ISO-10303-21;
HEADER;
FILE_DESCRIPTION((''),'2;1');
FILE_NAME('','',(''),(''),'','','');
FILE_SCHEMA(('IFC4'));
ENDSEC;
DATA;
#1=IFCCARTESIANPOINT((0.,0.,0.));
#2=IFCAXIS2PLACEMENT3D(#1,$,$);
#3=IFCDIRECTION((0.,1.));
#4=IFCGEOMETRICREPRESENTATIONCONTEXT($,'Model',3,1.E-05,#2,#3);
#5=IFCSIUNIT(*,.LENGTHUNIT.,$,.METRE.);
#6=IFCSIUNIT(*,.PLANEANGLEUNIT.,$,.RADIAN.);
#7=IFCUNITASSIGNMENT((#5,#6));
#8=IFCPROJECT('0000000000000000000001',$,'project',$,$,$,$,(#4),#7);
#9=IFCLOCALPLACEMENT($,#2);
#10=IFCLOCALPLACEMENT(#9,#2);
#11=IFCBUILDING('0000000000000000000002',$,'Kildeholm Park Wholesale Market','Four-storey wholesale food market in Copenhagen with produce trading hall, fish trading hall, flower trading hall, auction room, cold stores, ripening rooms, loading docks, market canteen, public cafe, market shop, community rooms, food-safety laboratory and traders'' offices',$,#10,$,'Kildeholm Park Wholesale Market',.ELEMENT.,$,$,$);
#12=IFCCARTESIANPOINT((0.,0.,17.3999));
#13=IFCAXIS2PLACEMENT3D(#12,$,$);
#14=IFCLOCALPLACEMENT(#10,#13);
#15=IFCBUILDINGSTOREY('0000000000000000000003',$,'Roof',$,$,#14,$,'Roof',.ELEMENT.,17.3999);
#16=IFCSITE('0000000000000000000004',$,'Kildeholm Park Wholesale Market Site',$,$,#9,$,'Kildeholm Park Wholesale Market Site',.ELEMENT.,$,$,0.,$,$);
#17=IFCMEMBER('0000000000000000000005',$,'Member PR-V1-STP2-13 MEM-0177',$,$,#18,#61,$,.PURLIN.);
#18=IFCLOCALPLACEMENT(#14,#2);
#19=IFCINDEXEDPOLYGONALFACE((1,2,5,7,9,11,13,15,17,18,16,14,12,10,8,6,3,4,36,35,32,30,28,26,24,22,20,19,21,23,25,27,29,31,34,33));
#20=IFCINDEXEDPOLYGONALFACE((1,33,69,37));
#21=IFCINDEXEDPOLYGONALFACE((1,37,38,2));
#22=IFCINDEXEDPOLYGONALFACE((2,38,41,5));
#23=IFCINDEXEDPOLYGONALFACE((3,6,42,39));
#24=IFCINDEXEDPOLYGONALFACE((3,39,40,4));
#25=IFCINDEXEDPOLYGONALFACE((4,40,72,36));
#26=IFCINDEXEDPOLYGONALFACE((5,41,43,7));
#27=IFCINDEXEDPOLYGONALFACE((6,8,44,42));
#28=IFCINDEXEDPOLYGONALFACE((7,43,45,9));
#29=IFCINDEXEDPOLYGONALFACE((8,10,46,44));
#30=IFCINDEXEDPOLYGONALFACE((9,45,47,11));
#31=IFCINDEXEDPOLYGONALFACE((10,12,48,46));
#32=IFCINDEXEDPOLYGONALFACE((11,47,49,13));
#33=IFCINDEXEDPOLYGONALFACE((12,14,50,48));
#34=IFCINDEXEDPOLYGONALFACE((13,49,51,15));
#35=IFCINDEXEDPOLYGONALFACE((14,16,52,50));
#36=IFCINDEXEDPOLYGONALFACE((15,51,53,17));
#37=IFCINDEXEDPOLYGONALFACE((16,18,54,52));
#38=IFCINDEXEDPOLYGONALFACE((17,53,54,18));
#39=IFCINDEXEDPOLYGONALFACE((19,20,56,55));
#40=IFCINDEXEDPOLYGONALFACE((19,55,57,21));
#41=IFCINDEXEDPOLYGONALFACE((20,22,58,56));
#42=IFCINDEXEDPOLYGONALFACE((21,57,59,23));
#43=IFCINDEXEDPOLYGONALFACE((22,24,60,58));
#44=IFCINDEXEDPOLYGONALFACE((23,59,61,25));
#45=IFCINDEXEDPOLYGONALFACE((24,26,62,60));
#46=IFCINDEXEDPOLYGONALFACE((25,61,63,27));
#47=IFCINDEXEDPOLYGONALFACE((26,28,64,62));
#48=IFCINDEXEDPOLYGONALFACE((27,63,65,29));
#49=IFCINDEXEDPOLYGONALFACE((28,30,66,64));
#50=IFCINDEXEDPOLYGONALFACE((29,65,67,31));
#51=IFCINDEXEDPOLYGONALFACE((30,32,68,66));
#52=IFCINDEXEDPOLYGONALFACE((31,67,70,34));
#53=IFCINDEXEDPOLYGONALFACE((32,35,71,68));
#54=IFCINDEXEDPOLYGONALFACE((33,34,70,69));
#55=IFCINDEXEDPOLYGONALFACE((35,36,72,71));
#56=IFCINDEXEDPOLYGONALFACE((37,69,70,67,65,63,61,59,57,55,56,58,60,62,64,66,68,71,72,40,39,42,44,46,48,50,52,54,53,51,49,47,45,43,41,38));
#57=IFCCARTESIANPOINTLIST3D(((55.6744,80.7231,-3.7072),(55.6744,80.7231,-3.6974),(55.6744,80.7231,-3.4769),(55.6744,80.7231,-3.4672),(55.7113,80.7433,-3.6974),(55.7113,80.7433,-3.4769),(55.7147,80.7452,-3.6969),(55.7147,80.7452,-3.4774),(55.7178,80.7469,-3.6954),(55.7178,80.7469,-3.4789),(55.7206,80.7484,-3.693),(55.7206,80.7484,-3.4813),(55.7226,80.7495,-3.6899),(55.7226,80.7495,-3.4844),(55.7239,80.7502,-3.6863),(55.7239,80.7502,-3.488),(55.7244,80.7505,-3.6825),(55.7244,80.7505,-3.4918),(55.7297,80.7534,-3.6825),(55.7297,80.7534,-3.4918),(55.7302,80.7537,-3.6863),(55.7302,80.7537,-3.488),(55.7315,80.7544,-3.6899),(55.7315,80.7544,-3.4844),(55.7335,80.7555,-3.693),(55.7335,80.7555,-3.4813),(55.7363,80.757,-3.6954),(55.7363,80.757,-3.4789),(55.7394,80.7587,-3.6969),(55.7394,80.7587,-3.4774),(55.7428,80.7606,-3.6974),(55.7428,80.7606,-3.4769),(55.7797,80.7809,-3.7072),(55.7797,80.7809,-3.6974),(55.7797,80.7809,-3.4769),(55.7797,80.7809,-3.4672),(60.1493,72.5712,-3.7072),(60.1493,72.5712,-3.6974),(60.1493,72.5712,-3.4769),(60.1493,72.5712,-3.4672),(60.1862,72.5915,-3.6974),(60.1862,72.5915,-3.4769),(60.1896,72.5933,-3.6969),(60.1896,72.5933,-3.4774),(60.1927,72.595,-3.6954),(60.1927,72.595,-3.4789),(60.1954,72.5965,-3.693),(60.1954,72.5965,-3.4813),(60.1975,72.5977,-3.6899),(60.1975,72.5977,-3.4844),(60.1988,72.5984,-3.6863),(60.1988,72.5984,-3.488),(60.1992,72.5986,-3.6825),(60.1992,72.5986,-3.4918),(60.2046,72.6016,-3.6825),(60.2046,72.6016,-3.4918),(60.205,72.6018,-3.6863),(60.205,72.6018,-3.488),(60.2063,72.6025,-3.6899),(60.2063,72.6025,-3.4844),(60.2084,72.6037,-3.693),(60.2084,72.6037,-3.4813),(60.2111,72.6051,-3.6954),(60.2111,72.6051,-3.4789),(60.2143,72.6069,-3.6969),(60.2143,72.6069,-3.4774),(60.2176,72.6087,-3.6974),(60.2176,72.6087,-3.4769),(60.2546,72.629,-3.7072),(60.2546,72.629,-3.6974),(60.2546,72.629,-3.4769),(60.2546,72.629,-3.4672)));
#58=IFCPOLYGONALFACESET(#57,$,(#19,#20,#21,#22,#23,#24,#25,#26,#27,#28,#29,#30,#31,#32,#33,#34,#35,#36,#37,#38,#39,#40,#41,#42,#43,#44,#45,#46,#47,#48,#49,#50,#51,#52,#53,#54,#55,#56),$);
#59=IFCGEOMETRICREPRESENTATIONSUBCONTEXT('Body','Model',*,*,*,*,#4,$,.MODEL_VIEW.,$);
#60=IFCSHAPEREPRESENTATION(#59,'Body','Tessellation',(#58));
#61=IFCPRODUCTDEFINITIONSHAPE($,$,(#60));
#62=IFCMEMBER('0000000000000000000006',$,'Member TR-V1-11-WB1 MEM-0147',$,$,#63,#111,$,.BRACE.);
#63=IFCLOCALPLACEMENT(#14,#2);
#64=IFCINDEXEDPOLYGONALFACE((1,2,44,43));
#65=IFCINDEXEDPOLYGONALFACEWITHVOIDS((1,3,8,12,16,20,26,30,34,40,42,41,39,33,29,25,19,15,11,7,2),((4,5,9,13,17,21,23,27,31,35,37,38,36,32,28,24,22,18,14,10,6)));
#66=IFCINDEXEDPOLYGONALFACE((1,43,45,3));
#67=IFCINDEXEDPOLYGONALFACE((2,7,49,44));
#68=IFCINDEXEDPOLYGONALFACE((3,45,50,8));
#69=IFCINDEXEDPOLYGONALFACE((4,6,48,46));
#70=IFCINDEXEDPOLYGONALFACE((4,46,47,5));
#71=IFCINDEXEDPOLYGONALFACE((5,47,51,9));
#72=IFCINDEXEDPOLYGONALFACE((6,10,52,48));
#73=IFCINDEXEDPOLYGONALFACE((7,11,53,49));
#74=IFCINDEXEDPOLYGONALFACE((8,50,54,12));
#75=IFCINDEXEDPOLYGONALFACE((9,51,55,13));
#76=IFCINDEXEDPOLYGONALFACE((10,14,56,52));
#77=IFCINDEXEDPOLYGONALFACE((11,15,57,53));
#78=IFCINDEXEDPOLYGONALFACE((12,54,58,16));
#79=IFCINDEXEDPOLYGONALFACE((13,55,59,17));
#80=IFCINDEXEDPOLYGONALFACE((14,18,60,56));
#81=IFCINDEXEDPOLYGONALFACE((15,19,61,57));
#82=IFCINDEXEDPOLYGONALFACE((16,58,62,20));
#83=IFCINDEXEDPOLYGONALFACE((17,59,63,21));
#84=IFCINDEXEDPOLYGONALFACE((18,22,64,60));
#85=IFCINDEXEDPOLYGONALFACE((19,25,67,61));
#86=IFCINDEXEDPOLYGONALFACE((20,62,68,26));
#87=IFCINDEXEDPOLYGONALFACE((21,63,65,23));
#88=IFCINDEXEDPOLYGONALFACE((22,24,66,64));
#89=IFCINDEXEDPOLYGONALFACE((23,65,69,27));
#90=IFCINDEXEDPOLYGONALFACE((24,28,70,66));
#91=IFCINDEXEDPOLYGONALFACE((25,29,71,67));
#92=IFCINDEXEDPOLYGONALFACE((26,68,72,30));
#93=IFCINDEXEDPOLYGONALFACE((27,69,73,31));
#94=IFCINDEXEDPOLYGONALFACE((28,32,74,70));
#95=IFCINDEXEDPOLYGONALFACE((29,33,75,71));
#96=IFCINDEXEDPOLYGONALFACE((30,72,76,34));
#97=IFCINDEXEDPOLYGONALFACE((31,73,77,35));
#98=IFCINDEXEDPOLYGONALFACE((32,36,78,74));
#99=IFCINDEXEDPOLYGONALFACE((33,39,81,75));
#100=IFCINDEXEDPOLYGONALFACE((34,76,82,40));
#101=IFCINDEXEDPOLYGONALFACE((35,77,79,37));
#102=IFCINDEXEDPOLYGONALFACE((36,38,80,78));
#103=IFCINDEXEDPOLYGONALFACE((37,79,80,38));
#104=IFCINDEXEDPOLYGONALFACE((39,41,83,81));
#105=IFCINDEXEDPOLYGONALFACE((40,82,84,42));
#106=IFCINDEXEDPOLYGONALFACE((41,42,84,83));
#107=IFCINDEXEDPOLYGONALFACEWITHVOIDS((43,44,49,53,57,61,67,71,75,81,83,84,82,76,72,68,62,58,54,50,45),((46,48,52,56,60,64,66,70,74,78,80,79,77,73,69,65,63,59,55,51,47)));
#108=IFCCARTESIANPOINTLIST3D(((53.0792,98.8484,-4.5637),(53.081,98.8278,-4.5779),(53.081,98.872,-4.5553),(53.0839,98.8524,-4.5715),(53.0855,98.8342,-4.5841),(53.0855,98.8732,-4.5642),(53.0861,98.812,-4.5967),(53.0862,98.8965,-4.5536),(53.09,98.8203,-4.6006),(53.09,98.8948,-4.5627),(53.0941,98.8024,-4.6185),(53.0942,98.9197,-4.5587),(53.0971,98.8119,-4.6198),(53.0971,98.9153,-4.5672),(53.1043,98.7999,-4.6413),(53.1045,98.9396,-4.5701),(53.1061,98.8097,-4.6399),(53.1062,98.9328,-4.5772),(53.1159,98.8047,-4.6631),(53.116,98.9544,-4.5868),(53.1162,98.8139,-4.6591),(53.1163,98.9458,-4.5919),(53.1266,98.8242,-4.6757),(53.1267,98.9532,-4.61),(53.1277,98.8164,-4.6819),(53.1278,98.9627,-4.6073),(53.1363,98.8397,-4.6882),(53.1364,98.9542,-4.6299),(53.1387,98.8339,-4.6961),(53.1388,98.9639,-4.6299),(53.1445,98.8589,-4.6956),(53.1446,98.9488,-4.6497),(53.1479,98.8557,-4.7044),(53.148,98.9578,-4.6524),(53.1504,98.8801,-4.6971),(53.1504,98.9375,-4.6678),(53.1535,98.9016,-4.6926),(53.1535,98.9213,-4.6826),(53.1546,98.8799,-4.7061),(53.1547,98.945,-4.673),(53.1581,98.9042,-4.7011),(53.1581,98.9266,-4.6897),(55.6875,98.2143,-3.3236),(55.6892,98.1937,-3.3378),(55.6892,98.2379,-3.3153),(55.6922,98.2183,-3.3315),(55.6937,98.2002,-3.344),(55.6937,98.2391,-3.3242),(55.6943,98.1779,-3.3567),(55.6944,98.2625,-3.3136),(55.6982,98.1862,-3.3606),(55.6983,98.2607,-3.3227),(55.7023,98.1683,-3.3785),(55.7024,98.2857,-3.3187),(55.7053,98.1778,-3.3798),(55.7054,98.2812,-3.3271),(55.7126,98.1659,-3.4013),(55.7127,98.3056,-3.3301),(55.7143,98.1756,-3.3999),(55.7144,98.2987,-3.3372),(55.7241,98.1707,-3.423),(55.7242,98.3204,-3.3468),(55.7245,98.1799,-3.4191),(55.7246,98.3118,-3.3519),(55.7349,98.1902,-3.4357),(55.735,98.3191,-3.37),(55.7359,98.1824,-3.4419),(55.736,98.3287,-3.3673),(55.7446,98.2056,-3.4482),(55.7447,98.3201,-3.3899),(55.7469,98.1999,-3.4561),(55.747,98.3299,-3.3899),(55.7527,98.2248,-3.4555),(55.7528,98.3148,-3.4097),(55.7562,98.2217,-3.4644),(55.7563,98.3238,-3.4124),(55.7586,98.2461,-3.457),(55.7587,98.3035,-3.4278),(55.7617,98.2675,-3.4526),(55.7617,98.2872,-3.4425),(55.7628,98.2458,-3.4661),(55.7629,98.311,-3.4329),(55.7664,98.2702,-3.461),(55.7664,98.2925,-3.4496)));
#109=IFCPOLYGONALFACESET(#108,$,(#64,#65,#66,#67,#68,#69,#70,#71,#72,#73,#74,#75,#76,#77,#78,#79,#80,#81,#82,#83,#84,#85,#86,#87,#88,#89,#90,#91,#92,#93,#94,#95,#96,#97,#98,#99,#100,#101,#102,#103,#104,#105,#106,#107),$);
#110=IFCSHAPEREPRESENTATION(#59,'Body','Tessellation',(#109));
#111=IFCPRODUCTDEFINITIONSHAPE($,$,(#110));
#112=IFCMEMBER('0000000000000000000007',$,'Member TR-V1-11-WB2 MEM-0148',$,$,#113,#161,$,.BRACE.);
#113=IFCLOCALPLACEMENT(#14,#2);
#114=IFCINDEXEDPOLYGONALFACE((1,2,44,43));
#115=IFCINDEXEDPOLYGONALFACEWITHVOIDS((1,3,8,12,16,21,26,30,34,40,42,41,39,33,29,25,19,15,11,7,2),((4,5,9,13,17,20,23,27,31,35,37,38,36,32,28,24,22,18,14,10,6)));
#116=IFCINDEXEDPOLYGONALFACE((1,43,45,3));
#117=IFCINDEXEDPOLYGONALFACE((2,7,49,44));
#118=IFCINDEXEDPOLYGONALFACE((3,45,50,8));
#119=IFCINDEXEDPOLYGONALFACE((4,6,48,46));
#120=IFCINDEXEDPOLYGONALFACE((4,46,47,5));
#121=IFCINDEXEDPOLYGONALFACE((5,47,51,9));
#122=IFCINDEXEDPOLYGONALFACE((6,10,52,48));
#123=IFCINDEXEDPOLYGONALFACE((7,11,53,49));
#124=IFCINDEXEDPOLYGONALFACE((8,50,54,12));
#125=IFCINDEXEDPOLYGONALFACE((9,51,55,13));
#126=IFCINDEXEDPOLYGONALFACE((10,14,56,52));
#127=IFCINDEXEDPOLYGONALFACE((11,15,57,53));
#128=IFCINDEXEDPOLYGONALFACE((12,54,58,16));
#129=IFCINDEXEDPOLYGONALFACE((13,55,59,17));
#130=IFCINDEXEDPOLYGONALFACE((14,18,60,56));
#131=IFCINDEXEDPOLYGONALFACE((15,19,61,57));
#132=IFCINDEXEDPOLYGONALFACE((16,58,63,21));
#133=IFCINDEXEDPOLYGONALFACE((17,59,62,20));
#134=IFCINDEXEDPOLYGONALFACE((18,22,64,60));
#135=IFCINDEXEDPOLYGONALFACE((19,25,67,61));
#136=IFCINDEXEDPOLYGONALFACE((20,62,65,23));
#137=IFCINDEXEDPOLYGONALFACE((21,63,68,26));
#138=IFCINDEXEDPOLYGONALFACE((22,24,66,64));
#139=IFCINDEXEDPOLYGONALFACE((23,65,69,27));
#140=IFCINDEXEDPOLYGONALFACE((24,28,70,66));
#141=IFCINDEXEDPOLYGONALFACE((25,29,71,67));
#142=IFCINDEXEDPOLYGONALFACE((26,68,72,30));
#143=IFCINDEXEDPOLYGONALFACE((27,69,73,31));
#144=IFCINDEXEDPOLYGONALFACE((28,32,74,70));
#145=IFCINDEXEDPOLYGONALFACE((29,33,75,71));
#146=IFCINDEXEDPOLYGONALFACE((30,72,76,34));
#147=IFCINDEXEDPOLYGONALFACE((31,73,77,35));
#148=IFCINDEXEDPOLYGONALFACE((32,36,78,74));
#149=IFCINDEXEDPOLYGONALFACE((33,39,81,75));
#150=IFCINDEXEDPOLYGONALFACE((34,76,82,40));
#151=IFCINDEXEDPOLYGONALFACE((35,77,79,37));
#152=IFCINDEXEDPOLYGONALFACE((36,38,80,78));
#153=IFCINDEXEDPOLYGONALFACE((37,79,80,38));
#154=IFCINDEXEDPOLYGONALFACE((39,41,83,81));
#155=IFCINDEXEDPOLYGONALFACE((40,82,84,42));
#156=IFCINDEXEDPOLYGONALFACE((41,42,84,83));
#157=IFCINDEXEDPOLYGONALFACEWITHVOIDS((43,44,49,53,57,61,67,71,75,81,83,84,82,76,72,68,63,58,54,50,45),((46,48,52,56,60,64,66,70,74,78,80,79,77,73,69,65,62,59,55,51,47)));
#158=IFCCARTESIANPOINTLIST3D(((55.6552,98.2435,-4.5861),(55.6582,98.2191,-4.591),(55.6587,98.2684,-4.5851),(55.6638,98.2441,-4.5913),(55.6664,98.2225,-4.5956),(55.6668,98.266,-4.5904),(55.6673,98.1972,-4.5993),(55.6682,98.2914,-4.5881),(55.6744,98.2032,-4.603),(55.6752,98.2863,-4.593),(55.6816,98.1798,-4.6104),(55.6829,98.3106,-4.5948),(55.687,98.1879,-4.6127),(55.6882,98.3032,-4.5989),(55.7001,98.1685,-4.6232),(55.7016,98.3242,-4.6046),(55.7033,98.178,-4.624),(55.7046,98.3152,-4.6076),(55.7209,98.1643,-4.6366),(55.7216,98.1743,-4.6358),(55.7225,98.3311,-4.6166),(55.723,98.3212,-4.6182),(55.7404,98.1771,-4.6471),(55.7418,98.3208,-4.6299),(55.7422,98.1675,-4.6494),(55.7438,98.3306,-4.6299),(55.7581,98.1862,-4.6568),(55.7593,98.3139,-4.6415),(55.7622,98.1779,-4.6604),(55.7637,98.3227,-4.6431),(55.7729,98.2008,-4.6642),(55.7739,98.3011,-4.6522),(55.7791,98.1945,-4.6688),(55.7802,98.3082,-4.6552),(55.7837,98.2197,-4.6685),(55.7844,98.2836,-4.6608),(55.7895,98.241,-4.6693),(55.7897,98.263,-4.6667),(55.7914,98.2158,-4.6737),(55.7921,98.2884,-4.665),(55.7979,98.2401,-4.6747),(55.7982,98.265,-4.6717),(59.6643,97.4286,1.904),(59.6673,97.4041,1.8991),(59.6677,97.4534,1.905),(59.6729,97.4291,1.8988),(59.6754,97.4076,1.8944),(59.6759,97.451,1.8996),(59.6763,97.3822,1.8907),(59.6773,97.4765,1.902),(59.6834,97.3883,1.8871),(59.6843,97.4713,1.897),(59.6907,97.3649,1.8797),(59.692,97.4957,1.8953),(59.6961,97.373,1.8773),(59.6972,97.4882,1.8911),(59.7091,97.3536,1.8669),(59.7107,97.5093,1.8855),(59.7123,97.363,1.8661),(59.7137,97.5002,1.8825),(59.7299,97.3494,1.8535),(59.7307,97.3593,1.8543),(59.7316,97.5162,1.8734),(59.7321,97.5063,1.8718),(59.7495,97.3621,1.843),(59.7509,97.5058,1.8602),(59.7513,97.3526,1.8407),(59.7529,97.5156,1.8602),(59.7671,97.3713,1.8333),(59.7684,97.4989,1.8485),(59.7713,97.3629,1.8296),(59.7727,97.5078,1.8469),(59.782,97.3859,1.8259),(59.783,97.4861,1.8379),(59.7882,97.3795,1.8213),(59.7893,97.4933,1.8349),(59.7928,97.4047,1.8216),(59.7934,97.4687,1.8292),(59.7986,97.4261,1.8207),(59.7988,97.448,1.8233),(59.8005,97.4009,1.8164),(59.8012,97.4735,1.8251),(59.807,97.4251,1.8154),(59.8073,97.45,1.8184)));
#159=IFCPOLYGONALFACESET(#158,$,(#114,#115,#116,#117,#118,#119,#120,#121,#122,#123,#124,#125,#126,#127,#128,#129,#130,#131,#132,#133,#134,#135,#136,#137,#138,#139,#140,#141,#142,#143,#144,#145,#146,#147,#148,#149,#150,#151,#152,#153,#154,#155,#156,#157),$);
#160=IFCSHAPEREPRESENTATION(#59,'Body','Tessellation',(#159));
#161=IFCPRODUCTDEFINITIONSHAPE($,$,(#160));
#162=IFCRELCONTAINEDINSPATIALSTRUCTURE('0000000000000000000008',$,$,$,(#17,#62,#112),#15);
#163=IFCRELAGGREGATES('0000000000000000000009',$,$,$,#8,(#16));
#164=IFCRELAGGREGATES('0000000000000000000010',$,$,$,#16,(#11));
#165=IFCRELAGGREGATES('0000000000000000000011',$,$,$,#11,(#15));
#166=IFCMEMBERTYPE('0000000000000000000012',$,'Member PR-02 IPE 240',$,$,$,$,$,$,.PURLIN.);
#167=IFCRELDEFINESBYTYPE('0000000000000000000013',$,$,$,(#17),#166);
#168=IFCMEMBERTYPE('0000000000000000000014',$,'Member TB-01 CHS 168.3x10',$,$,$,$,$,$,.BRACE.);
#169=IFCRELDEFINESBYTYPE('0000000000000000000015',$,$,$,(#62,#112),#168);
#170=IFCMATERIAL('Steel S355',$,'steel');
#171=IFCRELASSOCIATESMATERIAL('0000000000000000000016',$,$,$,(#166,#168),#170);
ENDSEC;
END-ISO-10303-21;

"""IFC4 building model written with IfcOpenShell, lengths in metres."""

from ifc_helpers import new_model, si_unit, direction, frame, origin, origin_2d, place, context, subcontext, project, spatial, hollow_circle, i_section, extrude, material, material_profile, profile_set, type_object, element, save


model = new_model("IFC4")

# Units and contexts
model_context = context("Model", 3, precision=1e-05, world=origin(), true_north=direction((0.0, 1.0)))
body_context = subcontext(model_context, "Body", "Model", "MODEL_VIEW")
ifc_project = project(units=[si_unit("LENGTHUNIT", "METRE"), si_unit("PLANEANGLEUNIT", "RADIAN")], contexts=[model_context])

# Site, building, storey
site_placement = place(None, origin())
site = spatial("IfcSite", under=ifc_project, at=site_placement, Name="Kildeholm Park Wholesale Market Site", LongName="Kildeholm Park Wholesale Market Site", CompositionType="ELEMENT", RefElevation=0.0)
building_placement = place(site_placement, origin())
building = spatial("IfcBuilding", under=site, at=building_placement, Name="Kildeholm Park Wholesale Market", Description="Four-storey wholesale food market in Copenhagen with produce trading hall, fish trading hall, flower trading hall, auction room, cold stores, ripening rooms, loading docks, market canteen, public cafe, market shop, community rooms, food-safety laboratory and traders' offices", LongName="Kildeholm Park Wholesale Market", CompositionType="ELEMENT")
storey_placement = place(building_placement, frame((0.0, 0.0, 17.3999)))
storey = spatial("IfcBuildingStorey", under=building, at=storey_placement, Name="Roof", LongName="Roof", CompositionType="ELEMENT", Elevation=17.3999)

# Shared definitions
ifc_material_1 = material(Name="Steel S355", Category="steel")

# Members
ifc_material_profile_1 = material_profile(ifc_material_1, i_section(OverallWidth=0.1201, OverallDepth=0.24, WebThickness=0.0061, FlangeThickness=0.0098, FilletRadius=0.0149, at=origin_2d()), Name="IPE 240")
ifc_profile_set_1 = profile_set([ifc_material_profile_1], Name="Steel S355")
member_type_1 = type_object("IfcMemberType", Name="Member PR-02 IPE 240", PredefinedType="PURLIN", material=ifc_profile_set_1)
member_1_placement = place(storey_placement, frame((55.7271, 80.752, -3.5872), z_axis=(0.481203, -0.876609, 0.0), x_axis=(0.876609, 0.481203, 0.0)))
element("IfcMember", 1, at=member_1_placement, inside=storey, type_object=member_type_1, Name="Member PR-V1-STP2-13 MEM-0177", PredefinedType="PURLIN", context=body_context, shape_type="SweptSolid", body=[
    extrude(i_section(OverallWidth=0.1201, OverallDepth=0.24, WebThickness=0.0061, FlangeThickness=0.0098, FilletRadius=0.0149, at=origin_2d()), origin(), (0.0, 0.0, 1.0), 9.2993),
])
ifc_material_profile_2 = material_profile(ifc_material_1, hollow_circle(Radius=0.0842, WallThickness=0.01, at=origin_2d()), Name="CHS 168.3x10")
ifc_profile_set_2 = profile_set([ifc_material_profile_2], Name="Steel S355")
member_type_2 = type_object("IfcMemberType", Name="Member TB-01 CHS 168.3x10", PredefinedType="BRACE", material=ifc_profile_set_2)
member_2_placement = place(storey_placement, frame((53.1189, 98.8821, -4.6299), z_axis=(0.882118, -0.21444, 0.419384), x_axis=(0.236217, 0.9717, 0.0)))
element("IfcMember", 2, at=member_2_placement, inside=storey, type_object=member_type_2, Name="Member TR-V1-11-WB1 MEM-0147", PredefinedType="BRACE", context=body_context, shape_type="SweptSolid", body=[
    extrude(hollow_circle(Radius=0.0842, WallThickness=0.01, at=origin_2d()), origin(), (0.0, 0.0, 1.0), 2.9568),
])
member_3_placement = place(storey_placement, frame((55.7271, 98.248, -4.6299), z_axis=(0.522568, -0.106226, 0.845955), x_axis=(0.199202, 0.979958, 0.0)))
element("IfcMember", 3, at=member_3_placement, inside=storey, type_object=member_type_2, Name="Member TR-V1-11-WB2 MEM-0148", PredefinedType="BRACE", context=body_context, shape_type="SweptSolid", body=[
    extrude(hollow_circle(Radius=0.0842, WallThickness=0.01, at=origin_2d()), origin(), (0.0, 0.0, 1.0), 7.6719),
])

save(model, "model.ifc")
